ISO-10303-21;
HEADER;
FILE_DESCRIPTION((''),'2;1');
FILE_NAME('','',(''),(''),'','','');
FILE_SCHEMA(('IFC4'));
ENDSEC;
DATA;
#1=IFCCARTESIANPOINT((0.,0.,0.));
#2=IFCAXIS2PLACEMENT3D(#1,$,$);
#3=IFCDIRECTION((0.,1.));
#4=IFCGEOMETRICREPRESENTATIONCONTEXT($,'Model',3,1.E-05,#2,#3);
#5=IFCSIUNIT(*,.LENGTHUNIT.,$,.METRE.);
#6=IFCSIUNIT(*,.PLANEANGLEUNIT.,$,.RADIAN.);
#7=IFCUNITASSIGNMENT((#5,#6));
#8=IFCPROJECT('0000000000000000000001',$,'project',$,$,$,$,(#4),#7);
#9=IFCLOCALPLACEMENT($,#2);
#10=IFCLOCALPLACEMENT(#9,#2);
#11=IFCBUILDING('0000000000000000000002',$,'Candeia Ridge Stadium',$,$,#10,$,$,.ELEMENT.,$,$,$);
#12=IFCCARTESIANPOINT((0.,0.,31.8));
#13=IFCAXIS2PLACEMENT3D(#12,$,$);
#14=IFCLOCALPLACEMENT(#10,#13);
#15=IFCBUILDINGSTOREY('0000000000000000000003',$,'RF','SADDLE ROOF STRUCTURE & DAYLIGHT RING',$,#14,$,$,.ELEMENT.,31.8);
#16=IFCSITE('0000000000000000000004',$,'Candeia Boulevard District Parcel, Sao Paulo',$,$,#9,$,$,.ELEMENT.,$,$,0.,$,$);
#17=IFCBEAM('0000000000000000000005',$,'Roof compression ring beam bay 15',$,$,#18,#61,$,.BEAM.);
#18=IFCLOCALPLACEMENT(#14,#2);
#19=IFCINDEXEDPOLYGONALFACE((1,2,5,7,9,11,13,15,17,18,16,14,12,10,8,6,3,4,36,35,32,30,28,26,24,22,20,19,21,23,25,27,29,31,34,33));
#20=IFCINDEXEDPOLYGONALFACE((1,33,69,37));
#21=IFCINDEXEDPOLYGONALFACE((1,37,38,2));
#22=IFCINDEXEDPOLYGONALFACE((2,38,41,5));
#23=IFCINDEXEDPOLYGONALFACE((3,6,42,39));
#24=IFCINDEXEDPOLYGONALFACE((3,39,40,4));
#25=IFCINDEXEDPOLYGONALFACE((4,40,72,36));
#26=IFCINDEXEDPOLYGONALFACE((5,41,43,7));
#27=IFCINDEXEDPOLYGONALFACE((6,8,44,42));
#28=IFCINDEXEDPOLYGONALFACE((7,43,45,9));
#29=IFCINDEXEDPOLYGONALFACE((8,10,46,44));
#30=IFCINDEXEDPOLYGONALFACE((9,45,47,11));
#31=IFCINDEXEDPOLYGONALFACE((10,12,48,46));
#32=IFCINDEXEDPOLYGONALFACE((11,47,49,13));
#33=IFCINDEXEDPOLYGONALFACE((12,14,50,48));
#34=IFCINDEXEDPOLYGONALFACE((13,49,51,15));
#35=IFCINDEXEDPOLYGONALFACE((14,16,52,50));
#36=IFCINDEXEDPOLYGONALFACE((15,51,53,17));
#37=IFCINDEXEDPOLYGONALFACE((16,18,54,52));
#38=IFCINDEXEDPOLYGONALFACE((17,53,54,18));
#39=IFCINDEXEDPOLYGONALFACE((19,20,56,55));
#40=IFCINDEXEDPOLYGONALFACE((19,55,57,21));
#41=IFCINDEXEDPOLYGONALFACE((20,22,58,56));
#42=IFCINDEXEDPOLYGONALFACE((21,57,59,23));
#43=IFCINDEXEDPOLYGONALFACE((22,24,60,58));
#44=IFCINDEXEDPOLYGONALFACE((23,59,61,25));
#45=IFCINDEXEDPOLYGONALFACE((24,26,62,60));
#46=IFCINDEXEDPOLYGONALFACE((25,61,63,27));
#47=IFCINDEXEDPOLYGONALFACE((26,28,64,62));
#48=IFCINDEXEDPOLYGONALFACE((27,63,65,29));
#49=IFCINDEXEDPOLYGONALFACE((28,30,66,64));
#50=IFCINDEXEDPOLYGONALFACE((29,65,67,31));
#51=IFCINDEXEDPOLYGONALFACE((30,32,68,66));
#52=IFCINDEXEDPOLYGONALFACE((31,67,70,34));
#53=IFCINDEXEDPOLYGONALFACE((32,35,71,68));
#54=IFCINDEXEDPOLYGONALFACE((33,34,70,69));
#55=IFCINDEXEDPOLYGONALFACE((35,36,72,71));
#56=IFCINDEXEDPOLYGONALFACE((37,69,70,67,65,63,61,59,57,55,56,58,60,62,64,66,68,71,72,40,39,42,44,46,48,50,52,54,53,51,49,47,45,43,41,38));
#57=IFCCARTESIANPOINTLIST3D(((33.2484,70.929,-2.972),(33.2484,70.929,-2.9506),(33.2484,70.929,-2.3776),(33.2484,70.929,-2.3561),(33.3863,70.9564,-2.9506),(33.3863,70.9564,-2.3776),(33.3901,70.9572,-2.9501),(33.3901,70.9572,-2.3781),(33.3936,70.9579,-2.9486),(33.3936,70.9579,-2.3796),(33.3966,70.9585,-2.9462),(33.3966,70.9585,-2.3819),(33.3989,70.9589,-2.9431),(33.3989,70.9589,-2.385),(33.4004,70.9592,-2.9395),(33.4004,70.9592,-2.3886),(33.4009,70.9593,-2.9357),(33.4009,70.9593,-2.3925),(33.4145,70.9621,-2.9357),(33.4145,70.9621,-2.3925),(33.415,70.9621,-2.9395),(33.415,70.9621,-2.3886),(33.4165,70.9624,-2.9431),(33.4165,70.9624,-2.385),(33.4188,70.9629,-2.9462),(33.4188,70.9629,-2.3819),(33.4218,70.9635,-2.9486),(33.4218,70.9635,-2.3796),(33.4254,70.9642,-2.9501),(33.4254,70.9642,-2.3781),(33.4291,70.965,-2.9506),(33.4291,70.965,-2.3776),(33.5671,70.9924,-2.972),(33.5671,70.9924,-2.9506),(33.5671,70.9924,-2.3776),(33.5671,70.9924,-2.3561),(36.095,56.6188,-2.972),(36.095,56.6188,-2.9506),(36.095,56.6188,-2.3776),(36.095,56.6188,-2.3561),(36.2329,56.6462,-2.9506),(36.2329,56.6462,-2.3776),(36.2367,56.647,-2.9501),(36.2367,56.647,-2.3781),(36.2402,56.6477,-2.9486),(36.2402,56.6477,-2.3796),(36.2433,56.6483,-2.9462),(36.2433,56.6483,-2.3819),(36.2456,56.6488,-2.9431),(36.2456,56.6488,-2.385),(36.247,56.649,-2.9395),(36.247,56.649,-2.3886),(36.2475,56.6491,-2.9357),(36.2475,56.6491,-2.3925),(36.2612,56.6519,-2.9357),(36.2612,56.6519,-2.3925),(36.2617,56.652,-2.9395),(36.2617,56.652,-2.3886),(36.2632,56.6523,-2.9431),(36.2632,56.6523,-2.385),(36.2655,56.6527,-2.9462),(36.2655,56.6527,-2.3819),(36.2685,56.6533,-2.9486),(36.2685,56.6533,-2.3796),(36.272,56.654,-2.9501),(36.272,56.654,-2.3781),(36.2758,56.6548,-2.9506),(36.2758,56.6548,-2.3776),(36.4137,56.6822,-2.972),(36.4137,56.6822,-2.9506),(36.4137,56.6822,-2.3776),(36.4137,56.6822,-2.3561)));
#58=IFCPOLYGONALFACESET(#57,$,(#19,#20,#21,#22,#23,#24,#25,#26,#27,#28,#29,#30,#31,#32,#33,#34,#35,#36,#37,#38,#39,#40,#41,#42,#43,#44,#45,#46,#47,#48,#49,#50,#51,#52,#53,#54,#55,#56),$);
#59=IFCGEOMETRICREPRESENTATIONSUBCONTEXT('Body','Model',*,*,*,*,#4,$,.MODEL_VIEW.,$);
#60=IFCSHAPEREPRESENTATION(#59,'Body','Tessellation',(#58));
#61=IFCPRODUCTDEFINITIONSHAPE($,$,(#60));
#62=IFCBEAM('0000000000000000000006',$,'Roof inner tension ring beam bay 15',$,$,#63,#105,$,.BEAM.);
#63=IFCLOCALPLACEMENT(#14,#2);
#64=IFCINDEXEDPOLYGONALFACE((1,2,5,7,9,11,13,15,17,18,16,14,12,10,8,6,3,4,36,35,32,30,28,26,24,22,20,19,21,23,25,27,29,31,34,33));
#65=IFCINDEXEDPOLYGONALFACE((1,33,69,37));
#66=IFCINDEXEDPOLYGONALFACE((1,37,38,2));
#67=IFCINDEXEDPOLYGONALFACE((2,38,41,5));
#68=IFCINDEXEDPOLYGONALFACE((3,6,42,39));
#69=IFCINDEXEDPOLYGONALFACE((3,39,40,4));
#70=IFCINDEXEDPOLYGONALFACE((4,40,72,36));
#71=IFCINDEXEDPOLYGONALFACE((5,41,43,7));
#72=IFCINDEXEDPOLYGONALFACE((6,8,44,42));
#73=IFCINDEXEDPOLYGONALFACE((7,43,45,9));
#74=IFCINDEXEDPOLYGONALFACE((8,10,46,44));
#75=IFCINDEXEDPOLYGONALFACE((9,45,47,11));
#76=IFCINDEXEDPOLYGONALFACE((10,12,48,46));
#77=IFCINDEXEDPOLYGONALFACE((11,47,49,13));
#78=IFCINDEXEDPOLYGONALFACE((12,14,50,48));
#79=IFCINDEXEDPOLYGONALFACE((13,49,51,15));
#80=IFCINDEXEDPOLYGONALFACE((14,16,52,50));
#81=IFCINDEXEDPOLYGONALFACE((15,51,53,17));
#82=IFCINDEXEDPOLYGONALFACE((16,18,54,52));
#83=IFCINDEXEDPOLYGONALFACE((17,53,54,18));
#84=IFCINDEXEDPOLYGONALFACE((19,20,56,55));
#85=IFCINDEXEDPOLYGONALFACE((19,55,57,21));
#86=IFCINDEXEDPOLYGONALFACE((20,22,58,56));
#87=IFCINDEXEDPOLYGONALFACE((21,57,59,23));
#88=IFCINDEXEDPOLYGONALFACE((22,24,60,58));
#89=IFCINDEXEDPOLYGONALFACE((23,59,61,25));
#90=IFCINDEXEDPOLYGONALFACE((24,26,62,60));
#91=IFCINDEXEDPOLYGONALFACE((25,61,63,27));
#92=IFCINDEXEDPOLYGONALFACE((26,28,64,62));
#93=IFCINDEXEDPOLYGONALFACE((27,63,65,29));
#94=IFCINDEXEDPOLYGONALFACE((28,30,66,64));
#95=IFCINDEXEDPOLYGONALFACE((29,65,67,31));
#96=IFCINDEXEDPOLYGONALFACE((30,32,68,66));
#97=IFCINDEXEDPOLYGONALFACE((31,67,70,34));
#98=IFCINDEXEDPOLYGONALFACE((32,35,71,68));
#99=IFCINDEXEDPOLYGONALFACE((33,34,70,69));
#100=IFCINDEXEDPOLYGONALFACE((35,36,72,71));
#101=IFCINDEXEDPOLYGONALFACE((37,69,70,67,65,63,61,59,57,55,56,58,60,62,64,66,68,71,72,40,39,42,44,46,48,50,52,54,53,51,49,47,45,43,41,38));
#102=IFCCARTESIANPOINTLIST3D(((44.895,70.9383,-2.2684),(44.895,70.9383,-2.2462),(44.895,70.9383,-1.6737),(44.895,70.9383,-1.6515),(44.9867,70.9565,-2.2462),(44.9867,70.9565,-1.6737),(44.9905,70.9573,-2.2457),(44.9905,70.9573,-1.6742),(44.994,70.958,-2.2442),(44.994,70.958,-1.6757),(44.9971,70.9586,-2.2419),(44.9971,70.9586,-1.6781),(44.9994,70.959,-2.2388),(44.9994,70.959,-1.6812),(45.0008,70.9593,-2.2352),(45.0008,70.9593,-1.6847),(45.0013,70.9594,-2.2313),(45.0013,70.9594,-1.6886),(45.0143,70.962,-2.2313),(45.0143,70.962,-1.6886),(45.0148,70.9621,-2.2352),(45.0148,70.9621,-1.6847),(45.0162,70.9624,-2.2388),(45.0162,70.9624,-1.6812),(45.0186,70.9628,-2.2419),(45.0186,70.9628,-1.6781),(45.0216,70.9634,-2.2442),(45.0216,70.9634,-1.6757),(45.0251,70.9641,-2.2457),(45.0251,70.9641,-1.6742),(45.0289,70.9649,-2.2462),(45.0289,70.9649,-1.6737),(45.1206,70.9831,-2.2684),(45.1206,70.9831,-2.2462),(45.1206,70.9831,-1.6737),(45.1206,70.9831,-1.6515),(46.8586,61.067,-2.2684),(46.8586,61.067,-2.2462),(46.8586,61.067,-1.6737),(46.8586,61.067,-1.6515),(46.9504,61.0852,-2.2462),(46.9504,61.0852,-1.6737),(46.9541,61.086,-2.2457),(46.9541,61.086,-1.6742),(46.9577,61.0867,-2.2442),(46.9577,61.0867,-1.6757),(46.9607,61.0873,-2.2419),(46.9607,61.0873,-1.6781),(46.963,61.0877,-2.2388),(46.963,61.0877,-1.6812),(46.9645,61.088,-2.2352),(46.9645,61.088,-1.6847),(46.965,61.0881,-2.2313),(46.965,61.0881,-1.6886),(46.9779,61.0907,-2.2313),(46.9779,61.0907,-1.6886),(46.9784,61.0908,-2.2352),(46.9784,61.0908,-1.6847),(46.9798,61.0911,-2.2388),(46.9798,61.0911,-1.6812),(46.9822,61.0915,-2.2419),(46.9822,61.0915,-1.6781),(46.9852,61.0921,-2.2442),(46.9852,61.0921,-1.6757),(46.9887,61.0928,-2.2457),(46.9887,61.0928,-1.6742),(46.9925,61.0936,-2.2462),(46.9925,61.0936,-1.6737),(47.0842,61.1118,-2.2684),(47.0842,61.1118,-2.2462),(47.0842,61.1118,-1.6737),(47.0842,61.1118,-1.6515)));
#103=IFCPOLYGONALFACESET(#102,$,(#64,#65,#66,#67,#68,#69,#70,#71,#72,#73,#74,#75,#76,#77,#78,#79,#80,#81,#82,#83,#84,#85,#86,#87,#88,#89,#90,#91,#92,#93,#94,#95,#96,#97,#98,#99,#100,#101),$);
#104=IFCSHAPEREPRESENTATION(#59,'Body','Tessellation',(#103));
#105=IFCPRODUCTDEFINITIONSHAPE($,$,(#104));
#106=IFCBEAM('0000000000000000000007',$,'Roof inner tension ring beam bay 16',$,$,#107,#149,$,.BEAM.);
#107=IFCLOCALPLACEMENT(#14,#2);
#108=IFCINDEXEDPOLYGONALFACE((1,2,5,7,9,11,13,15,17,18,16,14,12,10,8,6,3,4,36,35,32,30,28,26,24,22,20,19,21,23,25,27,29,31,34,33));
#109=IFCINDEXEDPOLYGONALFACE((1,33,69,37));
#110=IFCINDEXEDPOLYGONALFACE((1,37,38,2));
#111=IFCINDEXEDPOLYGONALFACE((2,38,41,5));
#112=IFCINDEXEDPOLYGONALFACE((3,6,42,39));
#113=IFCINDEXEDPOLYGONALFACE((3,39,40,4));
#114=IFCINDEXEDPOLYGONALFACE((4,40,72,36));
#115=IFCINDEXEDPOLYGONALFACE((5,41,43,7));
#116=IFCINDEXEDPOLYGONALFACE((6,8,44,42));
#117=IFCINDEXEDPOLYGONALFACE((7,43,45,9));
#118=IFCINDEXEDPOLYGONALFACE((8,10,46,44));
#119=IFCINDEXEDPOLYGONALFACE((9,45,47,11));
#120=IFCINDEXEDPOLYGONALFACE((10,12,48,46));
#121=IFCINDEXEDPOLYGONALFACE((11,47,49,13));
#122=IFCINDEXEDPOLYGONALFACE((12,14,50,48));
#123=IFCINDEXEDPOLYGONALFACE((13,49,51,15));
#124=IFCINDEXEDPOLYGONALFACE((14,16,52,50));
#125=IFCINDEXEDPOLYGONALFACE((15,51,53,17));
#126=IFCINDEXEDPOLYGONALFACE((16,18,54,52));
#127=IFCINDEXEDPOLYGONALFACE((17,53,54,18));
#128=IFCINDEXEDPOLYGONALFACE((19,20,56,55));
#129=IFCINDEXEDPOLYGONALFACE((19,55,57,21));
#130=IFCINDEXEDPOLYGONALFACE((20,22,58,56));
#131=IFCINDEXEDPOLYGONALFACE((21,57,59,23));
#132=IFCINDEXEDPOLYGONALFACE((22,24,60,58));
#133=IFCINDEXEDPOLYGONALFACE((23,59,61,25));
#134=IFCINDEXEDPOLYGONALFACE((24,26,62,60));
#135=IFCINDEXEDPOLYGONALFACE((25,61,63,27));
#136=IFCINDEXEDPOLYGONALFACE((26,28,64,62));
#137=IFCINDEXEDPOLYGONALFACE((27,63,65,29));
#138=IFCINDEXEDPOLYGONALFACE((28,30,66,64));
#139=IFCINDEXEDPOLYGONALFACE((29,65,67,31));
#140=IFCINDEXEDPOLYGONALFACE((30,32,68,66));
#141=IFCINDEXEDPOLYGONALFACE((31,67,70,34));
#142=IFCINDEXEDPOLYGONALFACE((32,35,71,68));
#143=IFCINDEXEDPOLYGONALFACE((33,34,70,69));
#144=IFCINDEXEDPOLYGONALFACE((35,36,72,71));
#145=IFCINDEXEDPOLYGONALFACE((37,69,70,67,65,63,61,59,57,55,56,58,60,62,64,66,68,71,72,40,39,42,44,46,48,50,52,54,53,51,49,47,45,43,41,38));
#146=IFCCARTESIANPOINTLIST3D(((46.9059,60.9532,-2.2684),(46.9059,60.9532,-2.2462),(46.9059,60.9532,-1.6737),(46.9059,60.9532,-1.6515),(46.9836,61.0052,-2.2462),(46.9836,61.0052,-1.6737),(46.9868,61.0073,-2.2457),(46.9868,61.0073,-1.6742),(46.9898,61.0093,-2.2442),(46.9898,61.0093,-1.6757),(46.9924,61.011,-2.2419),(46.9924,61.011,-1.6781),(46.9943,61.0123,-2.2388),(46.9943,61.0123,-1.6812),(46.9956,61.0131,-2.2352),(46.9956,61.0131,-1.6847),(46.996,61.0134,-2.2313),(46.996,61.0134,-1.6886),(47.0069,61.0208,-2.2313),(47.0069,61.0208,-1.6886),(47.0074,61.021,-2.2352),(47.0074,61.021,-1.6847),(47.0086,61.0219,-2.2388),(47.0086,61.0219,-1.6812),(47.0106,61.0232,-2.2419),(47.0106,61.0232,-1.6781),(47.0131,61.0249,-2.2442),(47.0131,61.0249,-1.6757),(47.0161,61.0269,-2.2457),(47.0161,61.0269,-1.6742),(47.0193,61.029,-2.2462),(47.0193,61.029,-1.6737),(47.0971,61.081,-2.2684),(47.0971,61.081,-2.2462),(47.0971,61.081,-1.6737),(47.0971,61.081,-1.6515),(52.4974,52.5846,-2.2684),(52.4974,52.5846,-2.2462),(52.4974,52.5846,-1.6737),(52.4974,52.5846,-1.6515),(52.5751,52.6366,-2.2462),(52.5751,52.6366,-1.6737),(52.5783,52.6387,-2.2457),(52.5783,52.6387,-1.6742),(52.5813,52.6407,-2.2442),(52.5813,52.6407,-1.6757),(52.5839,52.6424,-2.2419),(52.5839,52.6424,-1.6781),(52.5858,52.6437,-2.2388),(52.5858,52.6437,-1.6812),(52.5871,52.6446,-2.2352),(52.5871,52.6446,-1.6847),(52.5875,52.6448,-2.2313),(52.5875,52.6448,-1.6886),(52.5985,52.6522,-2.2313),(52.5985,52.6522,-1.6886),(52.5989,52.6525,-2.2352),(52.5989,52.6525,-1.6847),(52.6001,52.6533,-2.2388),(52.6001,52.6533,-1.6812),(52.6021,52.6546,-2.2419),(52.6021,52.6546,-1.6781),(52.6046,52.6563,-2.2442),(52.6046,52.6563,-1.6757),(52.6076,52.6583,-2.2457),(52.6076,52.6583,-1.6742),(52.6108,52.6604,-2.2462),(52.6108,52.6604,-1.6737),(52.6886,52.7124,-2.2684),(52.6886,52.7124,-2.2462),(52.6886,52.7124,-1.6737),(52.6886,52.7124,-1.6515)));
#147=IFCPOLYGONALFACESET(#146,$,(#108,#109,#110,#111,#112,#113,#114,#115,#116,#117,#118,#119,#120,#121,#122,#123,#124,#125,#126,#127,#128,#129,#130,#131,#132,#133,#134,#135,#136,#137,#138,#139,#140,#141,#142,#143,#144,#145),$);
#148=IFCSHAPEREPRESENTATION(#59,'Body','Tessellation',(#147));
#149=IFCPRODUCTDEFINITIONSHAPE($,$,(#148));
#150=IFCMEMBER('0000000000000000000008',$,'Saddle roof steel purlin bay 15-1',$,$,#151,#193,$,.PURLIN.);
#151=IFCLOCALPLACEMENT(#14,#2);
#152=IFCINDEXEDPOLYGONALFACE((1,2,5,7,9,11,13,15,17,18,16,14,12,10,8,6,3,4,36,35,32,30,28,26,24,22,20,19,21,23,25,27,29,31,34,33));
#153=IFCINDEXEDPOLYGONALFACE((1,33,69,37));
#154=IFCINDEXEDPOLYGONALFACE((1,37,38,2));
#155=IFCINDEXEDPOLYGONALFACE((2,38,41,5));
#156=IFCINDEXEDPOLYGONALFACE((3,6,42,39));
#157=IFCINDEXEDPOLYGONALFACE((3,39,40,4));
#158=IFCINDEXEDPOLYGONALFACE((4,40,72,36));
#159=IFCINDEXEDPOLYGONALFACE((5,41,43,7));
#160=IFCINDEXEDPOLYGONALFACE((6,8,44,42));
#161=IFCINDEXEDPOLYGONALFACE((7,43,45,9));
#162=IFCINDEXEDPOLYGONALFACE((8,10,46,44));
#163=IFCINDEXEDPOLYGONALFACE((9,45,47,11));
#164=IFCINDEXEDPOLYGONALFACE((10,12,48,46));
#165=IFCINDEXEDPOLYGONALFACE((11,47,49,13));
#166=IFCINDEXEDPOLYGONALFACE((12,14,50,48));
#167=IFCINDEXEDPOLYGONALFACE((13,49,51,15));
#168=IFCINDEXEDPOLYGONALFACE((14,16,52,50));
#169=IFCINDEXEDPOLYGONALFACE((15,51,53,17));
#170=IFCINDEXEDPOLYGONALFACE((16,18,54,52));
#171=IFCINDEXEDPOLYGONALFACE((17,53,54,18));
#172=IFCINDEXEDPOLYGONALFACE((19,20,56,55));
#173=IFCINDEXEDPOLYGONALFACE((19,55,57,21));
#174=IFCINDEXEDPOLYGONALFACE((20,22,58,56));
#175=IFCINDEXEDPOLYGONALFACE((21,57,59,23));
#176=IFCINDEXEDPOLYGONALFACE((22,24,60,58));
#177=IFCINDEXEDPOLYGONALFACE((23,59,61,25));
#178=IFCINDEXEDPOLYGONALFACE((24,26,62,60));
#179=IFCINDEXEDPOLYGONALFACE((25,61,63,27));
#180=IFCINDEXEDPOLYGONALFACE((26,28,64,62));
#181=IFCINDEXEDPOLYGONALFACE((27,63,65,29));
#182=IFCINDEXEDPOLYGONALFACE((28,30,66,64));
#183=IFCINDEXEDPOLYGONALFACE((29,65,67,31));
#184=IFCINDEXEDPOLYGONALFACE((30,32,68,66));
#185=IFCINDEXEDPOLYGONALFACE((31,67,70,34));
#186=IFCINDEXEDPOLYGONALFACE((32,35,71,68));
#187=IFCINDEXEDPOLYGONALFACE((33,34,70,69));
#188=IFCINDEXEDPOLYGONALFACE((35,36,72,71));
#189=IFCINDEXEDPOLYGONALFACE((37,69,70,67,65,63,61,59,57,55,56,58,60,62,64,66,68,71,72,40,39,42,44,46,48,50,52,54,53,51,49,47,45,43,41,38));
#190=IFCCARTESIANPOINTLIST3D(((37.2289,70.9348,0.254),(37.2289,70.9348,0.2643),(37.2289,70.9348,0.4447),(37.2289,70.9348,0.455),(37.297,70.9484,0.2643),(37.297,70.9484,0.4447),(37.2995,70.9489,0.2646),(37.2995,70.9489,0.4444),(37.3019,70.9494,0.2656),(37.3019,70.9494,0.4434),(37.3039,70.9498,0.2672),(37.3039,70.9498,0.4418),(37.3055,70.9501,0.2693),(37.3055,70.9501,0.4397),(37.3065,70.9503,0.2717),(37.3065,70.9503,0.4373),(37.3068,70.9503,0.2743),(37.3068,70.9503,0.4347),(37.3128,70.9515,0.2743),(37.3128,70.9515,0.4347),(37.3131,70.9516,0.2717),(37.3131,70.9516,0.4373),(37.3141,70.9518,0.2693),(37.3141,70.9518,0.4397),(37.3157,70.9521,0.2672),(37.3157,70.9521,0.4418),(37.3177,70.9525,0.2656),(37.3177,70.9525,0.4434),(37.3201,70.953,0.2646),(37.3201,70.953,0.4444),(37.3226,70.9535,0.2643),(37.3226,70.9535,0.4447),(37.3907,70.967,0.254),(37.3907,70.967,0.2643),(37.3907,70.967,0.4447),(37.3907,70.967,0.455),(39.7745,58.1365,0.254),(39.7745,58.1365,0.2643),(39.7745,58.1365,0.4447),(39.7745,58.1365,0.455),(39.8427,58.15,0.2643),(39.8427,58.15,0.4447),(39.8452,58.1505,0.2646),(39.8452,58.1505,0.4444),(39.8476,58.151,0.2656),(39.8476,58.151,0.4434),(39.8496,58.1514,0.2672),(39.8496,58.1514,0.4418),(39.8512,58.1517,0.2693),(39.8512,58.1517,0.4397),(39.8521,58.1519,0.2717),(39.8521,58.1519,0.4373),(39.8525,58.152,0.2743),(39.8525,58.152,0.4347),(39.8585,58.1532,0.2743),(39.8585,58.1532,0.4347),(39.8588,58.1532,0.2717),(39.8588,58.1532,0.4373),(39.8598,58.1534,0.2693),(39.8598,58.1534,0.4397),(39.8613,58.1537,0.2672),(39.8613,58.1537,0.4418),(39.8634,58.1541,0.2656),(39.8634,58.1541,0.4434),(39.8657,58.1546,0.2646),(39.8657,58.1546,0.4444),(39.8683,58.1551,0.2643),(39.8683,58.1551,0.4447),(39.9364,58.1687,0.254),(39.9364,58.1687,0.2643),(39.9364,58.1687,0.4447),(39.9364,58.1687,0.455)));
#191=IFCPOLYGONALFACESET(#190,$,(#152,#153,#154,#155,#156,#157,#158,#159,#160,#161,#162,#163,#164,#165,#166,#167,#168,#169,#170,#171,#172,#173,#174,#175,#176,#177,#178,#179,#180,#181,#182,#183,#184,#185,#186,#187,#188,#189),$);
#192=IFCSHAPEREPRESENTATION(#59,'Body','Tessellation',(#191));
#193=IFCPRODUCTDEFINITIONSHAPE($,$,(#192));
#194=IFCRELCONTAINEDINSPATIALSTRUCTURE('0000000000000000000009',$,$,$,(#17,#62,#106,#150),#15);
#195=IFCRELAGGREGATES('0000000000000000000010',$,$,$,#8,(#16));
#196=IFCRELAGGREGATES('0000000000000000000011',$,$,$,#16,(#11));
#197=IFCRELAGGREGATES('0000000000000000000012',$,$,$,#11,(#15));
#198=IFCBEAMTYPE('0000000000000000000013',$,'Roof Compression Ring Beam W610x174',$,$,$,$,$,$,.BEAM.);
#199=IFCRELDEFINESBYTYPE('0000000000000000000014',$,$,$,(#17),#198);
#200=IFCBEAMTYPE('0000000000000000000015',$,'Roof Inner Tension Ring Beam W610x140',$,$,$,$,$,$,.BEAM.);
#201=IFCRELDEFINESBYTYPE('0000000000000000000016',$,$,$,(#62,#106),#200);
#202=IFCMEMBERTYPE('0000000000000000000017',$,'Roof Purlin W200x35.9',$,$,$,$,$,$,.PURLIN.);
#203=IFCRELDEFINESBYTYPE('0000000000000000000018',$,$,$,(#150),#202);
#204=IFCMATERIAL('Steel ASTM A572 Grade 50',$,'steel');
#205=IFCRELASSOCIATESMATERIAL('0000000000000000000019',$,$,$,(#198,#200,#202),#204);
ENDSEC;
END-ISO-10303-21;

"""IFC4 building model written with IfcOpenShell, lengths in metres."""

from ifc_helpers import new_model, si_unit, direction, frame, origin, origin_2d, place, context, subcontext, project, spatial, i_section, extrude, material, material_profile, profile_set, type_object, element, save


model = new_model("IFC4")

# Units and contexts
model_context = context("Model", 3, precision=1e-05, world=origin(), true_north=direction((0.0, 1.0)))
body_context = subcontext(model_context, "Body", "Model", "MODEL_VIEW")
ifc_project = project(units=[si_unit("LENGTHUNIT", "METRE"), si_unit("PLANEANGLEUNIT", "RADIAN")], contexts=[model_context])

# Site, building, storey
site_placement = place(None, origin())
site = spatial("IfcSite", under=ifc_project, at=site_placement, Name="Candeia Boulevard District Parcel, Sao Paulo", CompositionType="ELEMENT", RefElevation=0.0)
building_placement = place(site_placement, origin())
building = spatial("IfcBuilding", under=site, at=building_placement, Name="Candeia Ridge Stadium", CompositionType="ELEMENT")
storey_placement = place(building_placement, frame((0.0, 0.0, 31.8)))
storey = spatial("IfcBuildingStorey", under=building, at=storey_placement, Name="RF", Description="SADDLE ROOF STRUCTURE & DAYLIGHT RING", CompositionType="ELEMENT", Elevation=31.8)

# Beams
ifc_material_1 = material(Name="Steel ASTM A572 Grade 50", Category="steel")
ifc_material_profile_1 = material_profile(ifc_material_1, i_section(OverallWidth=0.325, OverallDepth=0.616, WebThickness=0.0139, FlangeThickness=0.0215, FilletRadius=0.0149, at=origin_2d()), Name="W610x174", Category="steel")
ifc_profile_set_1 = profile_set([ifc_material_profile_1], Name="Steel ASTM A572 Grade 50")
beam_type_1 = type_object("IfcBeamType", Name="Roof Compression Ring Beam W610x174", PredefinedType="BEAM", material=ifc_profile_set_1)
beam_placement = place(storey_placement, frame((33.4077, 70.9607, -2.6641), z_axis=(0.195102, -0.980783, 0.0), x_axis=(0.980783, 0.195102, 0.0)))
element("IfcBeam", 1, at=beam_placement, inside=storey, type_object=beam_type_1, Name="Roof compression ring beam bay 15", PredefinedType="BEAM", context=body_context, shape_type="SweptSolid", body=[
    extrude(i_section(OverallWidth=0.325, OverallDepth=0.616, WebThickness=0.0139, FlangeThickness=0.0215, FilletRadius=0.0149, at=origin_2d()), origin(), (0.0, 0.0, 1.0), 14.5906),
])
ifc_material_profile_2 = material_profile(ifc_material_1, i_section(OverallWidth=0.23, OverallDepth=0.6169, WebThickness=0.0132, FlangeThickness=0.0222, FilletRadius=0.0149, at=origin_2d()), Name="W610x140", Category="steel")
ifc_profile_set_2 = profile_set([ifc_material_profile_2], Name="Steel ASTM A572 Grade 50")
beam_type_2 = type_object("IfcBeamType", Name="Roof Inner Tension Ring Beam W610x140", PredefinedType="BEAM", material=ifc_profile_set_2)
for number, where, z_axis, x_axis, name in (
    (2, (45.0078, 70.9607, -1.96), (0.195099, -0.980784, 0.0), (0.980784, 0.195099, 0.0), "Roof inner tension ring beam bay 15"),
    (3, (47.0015, 61.0171, -1.96), (0.555556, -0.831479, 0.0), (0.831479, 0.555556, 0.0), "Roof inner tension ring beam bay 16"),
):
    element("IfcBeam", number, at=place(storey_placement, frame(where, z_axis=z_axis, x_axis=x_axis)), inside=storey, type_object=beam_type_2, Name=name, PredefinedType="BEAM", context=body_context, shape_type="SweptSolid", body=[
        extrude(i_section(OverallWidth=0.23, OverallDepth=0.6169, WebThickness=0.0132, FlangeThickness=0.0222, FilletRadius=0.0149, at=origin_2d()), origin(), (0.0, 0.0, 1.0), 10.0647),
    ])

# Member
ifc_material_profile_3 = material_profile(ifc_material_1, i_section(OverallWidth=0.165, OverallDepth=0.2009, WebThickness=0.0061, FlangeThickness=0.0103, FilletRadius=0.01, at=origin_2d()), Name="W200x35.9", Category="steel")
ifc_profile_set_3 = profile_set([ifc_material_profile_3], Name="Steel ASTM A572 Grade 50")
member_type_1 = type_object("IfcMemberType", Name="Roof Purlin W200x35.9", PredefinedType="PURLIN", material=ifc_profile_set_3)
member_1_placement = place(storey_placement, frame((37.3098, 70.9509, 0.3545), z_axis=(0.195083, -0.980787, 0.0), x_axis=(0.980787, 0.195083, 0.0)))
element("IfcMember", 4, at=member_1_placement, inside=storey, type_object=member_type_1, Name="Saddle roof steel purlin bay 15-1", PredefinedType="PURLIN", context=body_context, shape_type="SweptSolid", body=[
    extrude(i_section(OverallWidth=0.165, OverallDepth=0.2009, WebThickness=0.0061, FlangeThickness=0.0103, FilletRadius=0.01, at=origin_2d()), origin(), (0.0, 0.0, 1.0), 13.0491),
])

save(model, "model.ifc")
